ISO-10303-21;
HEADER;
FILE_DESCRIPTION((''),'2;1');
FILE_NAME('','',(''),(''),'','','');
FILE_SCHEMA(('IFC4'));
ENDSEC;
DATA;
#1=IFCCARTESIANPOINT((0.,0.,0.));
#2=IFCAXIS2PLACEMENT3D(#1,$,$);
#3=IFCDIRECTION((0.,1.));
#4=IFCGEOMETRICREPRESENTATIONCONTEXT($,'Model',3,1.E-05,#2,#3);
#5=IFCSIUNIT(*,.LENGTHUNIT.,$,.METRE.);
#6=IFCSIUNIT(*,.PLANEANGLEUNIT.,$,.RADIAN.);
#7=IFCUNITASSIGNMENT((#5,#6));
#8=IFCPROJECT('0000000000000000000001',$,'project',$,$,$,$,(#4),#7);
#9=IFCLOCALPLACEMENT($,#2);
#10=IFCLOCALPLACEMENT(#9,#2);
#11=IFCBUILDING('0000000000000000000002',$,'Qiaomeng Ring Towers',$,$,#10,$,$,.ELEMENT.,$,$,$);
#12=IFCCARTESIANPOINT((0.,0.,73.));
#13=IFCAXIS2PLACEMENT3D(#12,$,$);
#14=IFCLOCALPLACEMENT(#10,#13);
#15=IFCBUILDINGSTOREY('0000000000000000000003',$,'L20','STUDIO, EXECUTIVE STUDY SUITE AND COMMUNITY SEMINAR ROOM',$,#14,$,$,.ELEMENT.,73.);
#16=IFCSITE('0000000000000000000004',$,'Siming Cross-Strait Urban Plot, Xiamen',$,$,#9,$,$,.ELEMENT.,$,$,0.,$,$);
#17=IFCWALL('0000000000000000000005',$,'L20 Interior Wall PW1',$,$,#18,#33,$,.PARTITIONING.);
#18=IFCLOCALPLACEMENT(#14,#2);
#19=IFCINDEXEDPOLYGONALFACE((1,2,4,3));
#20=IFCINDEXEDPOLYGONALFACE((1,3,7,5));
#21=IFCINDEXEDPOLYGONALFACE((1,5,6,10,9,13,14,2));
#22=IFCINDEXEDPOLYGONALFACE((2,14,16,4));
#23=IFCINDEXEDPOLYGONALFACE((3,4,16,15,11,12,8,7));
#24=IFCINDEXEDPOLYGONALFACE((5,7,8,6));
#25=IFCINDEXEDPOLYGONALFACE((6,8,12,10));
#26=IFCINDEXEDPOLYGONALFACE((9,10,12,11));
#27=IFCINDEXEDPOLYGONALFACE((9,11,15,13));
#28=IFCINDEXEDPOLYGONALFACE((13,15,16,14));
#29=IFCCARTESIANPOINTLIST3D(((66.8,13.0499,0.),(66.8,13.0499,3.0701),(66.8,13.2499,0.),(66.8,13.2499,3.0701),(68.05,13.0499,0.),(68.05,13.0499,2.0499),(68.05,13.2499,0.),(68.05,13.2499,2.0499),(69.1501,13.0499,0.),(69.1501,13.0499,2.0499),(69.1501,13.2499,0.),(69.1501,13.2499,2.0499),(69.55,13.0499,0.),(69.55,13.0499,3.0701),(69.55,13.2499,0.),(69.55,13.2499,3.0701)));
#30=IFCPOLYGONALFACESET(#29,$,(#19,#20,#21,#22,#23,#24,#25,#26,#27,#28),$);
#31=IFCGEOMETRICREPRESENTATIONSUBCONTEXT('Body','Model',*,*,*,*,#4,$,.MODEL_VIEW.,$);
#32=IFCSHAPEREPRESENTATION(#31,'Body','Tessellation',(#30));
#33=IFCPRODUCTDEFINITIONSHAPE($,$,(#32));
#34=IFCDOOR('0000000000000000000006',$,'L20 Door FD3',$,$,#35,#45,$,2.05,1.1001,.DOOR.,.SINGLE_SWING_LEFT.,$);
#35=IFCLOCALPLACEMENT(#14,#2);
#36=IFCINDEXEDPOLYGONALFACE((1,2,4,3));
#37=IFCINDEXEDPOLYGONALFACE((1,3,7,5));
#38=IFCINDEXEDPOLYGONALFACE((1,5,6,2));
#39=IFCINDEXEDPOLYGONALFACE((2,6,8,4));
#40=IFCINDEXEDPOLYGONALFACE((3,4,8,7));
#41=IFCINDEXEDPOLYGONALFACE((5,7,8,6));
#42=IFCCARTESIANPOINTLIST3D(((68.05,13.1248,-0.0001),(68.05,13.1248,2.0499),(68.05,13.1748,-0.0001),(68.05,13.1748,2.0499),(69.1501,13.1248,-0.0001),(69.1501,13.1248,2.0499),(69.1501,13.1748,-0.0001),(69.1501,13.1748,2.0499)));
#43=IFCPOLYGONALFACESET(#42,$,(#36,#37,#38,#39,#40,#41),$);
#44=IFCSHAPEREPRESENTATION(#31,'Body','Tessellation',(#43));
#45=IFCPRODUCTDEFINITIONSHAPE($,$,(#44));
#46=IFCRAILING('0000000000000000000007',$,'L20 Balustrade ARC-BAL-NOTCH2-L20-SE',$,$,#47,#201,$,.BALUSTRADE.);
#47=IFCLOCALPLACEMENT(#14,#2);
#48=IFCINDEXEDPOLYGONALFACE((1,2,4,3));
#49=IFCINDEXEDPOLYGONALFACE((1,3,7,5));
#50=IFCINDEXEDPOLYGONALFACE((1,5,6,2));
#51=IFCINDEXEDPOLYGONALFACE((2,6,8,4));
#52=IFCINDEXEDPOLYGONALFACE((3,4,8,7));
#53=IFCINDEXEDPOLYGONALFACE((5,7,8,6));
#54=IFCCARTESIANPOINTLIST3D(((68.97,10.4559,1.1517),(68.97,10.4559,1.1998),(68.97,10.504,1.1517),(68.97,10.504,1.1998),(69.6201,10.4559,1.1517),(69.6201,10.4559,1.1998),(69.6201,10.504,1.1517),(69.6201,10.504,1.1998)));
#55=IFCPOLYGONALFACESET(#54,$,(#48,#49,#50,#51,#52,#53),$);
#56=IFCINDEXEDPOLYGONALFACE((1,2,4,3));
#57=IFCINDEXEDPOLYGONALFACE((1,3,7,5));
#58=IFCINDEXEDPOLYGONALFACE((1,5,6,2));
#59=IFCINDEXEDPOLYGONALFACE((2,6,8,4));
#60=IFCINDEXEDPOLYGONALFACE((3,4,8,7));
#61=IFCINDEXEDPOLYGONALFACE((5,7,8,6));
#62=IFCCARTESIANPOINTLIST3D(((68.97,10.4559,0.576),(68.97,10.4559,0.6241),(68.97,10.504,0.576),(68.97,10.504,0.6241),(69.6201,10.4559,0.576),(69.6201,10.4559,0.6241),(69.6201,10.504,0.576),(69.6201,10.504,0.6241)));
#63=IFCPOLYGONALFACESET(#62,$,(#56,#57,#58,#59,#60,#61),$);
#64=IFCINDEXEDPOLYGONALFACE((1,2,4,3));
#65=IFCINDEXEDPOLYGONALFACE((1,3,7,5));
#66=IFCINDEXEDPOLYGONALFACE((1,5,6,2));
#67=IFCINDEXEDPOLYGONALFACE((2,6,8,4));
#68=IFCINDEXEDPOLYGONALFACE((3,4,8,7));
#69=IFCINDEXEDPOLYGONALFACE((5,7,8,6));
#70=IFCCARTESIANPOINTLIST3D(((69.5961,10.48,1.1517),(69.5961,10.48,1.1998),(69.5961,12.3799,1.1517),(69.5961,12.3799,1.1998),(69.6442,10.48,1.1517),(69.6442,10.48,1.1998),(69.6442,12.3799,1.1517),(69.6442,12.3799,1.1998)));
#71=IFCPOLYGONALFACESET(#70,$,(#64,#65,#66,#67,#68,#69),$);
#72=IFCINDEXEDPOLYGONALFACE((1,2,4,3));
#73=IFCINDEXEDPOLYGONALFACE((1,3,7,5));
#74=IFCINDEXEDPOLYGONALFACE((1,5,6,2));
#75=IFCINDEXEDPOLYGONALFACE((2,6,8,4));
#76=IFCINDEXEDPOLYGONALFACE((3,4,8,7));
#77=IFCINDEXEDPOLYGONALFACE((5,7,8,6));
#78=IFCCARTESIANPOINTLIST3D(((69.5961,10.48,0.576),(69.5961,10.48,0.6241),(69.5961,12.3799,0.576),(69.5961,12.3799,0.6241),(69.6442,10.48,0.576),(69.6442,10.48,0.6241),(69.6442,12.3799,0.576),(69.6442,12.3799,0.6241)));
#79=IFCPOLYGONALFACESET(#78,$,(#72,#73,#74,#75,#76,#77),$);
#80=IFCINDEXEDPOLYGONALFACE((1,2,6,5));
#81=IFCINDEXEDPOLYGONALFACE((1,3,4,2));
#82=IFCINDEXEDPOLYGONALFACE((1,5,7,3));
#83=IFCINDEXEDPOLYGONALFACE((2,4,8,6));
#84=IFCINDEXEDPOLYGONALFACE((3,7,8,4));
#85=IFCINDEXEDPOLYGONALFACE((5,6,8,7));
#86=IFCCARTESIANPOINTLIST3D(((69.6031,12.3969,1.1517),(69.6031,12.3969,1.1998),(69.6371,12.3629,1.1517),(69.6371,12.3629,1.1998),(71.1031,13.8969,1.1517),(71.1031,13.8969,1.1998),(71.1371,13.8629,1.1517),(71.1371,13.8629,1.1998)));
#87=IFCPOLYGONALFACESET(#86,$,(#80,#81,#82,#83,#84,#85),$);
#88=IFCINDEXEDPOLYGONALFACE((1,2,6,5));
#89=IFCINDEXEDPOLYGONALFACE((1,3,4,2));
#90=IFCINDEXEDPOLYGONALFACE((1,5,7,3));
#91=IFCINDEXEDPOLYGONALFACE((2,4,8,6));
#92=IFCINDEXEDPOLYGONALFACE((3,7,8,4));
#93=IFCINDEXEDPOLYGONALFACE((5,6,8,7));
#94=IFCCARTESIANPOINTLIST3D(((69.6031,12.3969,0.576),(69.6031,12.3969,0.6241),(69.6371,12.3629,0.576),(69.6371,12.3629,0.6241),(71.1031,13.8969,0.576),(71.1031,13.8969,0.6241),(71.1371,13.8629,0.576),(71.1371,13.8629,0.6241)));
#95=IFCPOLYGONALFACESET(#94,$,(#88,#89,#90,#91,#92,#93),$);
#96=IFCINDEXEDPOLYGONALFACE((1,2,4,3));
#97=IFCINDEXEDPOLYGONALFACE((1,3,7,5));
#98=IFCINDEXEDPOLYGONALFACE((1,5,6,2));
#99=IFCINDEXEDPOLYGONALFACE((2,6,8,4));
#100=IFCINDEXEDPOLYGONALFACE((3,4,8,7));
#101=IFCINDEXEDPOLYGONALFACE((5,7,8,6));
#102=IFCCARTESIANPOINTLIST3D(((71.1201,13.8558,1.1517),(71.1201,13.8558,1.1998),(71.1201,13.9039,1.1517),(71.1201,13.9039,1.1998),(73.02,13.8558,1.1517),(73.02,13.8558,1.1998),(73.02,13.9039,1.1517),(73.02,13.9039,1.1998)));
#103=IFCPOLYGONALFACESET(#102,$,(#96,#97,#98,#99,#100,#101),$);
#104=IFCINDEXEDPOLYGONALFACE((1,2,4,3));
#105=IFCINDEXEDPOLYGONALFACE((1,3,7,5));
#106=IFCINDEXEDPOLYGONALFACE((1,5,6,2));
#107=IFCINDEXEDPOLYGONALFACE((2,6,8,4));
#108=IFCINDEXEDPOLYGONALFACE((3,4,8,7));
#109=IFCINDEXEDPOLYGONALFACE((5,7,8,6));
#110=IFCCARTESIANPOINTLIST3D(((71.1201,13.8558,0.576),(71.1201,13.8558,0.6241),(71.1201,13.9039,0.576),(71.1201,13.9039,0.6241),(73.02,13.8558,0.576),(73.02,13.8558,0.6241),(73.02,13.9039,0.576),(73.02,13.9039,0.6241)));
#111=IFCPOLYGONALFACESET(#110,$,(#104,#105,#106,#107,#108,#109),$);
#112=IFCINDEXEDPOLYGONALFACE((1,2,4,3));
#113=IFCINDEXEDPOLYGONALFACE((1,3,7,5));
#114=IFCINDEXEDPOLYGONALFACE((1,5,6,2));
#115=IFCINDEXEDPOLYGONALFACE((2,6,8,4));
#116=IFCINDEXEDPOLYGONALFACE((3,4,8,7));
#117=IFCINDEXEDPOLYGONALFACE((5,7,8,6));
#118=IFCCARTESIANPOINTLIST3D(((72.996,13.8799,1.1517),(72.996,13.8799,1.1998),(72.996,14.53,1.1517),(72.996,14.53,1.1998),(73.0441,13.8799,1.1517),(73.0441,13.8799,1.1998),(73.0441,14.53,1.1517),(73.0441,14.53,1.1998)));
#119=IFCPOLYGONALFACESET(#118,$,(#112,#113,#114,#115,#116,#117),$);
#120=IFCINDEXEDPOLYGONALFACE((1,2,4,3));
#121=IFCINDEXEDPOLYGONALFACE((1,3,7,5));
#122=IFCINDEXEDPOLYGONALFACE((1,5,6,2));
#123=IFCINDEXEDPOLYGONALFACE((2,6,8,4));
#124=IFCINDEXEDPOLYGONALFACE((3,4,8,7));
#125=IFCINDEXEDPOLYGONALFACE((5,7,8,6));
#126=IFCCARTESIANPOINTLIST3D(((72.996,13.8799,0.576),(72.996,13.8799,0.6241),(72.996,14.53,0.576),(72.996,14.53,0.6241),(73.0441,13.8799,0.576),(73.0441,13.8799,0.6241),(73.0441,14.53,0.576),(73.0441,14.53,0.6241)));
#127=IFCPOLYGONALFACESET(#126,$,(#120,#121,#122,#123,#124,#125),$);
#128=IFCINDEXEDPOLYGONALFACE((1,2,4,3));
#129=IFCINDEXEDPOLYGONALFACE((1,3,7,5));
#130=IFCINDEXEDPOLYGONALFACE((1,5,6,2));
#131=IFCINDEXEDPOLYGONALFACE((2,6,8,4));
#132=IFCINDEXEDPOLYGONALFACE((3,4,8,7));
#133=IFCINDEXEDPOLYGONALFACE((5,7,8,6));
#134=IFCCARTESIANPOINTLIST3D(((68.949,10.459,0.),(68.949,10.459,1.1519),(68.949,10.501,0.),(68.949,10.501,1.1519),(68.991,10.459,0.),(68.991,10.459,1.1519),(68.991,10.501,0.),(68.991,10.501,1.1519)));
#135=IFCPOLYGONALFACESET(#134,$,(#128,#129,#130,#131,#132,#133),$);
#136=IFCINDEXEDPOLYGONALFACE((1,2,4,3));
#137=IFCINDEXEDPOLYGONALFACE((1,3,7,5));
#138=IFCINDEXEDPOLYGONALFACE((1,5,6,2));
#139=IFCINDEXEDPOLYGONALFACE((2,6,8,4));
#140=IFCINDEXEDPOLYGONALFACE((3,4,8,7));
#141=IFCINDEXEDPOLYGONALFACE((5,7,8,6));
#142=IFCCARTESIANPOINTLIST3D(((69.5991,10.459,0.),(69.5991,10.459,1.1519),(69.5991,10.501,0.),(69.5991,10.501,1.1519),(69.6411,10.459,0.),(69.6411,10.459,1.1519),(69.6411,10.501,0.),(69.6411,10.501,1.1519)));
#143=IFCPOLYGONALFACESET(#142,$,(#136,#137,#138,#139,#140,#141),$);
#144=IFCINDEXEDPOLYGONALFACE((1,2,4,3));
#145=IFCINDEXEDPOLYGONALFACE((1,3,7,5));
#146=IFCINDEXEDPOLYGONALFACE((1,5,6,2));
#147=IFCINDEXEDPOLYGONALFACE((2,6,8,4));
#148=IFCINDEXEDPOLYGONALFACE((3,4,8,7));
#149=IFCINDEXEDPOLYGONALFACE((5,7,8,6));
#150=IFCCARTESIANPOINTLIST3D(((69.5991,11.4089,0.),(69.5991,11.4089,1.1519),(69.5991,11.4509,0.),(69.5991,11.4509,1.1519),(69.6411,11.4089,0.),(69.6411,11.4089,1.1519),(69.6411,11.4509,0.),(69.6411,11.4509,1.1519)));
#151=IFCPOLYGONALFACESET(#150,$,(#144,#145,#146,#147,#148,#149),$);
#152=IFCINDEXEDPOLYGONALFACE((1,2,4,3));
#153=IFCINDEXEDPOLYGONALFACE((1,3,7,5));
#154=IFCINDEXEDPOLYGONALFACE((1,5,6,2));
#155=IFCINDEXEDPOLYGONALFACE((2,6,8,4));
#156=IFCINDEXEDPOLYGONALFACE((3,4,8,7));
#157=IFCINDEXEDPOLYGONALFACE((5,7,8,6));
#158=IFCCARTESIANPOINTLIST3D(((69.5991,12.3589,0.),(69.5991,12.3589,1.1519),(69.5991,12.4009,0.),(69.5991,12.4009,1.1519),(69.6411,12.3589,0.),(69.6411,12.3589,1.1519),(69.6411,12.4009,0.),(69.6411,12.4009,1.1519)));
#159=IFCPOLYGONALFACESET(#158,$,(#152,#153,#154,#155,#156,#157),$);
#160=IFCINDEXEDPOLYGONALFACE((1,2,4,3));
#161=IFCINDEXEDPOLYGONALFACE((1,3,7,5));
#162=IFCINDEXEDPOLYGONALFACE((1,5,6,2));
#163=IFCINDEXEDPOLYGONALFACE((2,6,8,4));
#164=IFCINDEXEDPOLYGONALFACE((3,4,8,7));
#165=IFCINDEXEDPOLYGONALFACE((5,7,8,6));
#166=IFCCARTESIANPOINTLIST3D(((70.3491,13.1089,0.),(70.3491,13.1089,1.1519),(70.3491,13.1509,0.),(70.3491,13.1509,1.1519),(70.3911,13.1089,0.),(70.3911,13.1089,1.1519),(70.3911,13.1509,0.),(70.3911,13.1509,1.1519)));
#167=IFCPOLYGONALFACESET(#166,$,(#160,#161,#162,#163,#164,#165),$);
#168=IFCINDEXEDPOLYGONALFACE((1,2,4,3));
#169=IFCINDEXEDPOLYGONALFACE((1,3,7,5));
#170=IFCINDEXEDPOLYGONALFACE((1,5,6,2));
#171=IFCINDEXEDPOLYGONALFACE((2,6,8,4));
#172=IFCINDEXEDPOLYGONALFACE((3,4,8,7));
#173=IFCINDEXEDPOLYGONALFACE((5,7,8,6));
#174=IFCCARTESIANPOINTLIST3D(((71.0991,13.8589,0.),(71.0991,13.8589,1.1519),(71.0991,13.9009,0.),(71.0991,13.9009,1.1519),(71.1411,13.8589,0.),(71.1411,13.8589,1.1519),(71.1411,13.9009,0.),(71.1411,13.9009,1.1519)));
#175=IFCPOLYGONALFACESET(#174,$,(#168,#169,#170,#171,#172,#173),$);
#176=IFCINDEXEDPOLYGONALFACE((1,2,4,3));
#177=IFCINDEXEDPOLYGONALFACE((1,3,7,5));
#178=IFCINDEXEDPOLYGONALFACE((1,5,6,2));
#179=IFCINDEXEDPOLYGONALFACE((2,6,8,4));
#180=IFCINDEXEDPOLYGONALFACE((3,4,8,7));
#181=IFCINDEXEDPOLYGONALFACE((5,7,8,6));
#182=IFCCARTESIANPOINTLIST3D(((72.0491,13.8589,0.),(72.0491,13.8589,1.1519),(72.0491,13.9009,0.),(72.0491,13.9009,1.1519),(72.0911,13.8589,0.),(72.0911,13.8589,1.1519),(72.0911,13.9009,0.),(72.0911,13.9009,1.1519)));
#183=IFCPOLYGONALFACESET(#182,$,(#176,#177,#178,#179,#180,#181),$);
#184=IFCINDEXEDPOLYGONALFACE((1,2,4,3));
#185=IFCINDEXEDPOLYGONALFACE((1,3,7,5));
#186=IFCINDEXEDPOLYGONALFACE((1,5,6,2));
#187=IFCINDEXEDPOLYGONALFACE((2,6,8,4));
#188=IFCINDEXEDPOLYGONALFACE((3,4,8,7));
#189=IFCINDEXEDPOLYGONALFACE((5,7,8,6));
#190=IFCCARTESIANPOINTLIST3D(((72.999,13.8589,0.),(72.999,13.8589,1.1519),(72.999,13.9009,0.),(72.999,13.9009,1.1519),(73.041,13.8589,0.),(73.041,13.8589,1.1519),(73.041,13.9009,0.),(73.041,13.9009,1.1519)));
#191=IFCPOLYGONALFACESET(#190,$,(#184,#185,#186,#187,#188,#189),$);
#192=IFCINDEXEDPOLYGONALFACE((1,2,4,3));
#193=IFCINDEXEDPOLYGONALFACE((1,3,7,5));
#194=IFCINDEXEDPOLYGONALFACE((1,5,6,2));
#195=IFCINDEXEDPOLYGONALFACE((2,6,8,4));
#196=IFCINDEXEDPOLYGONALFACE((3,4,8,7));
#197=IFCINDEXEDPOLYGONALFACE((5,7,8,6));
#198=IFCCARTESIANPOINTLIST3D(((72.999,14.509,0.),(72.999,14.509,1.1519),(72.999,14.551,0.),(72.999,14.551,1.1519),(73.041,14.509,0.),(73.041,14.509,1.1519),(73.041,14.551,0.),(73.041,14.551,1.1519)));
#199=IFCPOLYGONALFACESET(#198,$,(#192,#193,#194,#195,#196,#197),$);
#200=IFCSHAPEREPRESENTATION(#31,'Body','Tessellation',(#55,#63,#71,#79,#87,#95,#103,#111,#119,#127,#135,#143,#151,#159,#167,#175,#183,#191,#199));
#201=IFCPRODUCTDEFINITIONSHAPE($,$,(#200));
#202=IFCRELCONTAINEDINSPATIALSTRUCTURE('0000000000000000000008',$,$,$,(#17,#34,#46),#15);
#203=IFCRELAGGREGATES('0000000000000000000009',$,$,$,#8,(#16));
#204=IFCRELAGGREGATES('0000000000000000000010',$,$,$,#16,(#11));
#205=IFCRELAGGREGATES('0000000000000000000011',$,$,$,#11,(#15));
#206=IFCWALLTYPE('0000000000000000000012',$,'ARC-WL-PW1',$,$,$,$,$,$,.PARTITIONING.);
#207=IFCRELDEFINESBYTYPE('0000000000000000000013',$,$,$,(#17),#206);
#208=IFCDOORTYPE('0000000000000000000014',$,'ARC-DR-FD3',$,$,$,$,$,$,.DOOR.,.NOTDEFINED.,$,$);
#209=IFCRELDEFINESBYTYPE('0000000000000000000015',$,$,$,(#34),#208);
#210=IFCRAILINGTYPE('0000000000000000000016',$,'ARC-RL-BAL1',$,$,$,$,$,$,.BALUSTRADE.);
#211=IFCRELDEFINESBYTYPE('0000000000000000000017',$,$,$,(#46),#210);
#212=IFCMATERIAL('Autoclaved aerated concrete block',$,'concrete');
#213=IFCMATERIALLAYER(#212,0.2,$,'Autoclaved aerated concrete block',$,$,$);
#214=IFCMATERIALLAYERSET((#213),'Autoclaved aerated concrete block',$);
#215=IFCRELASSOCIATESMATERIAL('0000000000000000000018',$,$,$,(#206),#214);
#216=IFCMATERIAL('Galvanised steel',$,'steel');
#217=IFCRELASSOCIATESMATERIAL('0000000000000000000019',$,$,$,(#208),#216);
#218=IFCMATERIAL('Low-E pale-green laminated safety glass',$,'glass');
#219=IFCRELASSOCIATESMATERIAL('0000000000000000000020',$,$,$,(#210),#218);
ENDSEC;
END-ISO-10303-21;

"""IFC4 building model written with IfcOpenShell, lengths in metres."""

from ifc_helpers import new_model, si_unit, direction, frame, frame_2d, origin, origin_2d, place, context, subcontext, project, spatial, rectangle, extrude, source, transform, mapped, material, layer, layer_set, type_object, element, fill, save


model = new_model("IFC4")

# Units and contexts
model_context = context("Model", 3, precision=1e-05, world=origin(), true_north=direction((0.0, 1.0)))
body_context = subcontext(model_context, "Body", "Model", "MODEL_VIEW")
ifc_project = project(units=[si_unit("LENGTHUNIT", "METRE"), si_unit("PLANEANGLEUNIT", "RADIAN")], contexts=[model_context])

# Site, building, storey
site_placement = place(None, origin())
site = spatial("IfcSite", under=ifc_project, at=site_placement, Name="Siming Cross-Strait Urban Plot, Xiamen", CompositionType="ELEMENT", RefElevation=0.0)
building_placement = place(site_placement, origin())
building = spatial("IfcBuilding", under=site, at=building_placement, Name="Qiaomeng Ring Towers", CompositionType="ELEMENT")
storey_placement = place(building_placement, frame((0.0, 0.0, 73.0)))
storey = spatial("IfcBuildingStorey", under=building, at=storey_placement, Name="L20", Description="STUDIO, EXECUTIVE STUDY SUITE AND COMMUNITY SEMINAR ROOM", CompositionType="ELEMENT", Elevation=73.0)

# Shared definitions
ifc_material_1 = material(Name="Autoclaved aerated concrete block", Category="concrete")
ifc_layer_1 = layer(ifc_material_1, 0.2, Name="Autoclaved aerated concrete block")
ifc_layer_set_1 = layer_set([ifc_layer_1], Name="Autoclaved aerated concrete block")
wall_type_1 = type_object("IfcWallType", Name="ARC-WL-PW1", PredefinedType="PARTITIONING", material=ifc_layer_set_1)

# Wall, opening, door
wall_1_placement = place(storey_placement, frame((66.8, 13.1499, 0.0), z_axis=(0.0, 0.0, 1.0), x_axis=(1.0, 0.0, 0.0)))
wall_1 = element("IfcWall", 1, at=wall_1_placement, inside=storey, type_object=wall_type_1, Name="L20 Interior Wall PW1", PredefinedType="PARTITIONING", context=body_context, shape_type="SweptSolid", body=[
    extrude(rectangle(XDim=2.75, YDim=0.2, at=frame_2d((1.375, 0.0))), origin(), (0.0, 0.0, 1.0), 3.0701),
])
opening_1_placement = place(wall_1_placement, frame((1.25, 0.0, 0.0)))
opening_1 = element("IfcOpeningElement", 2, at=opening_1_placement, cuts=wall_1, PredefinedType="OPENING", context=body_context, shape_type="SweptSolid", body=[
    extrude(rectangle(XDim=1.1001, YDim=2.05, at=frame_2d((0.55, 1.0249))), frame((0.0, 0.1099, 0.0), z_axis=(0.0, -1.0, 0.0), x_axis=(1.0, 0.0, 0.0)), (0.0, 0.0, 1.0), 0.22),
])
ifc_material_2 = material(Name="Galvanised steel", Category="steel")
door_type_1 = type_object("IfcDoorType", Name="ARC-DR-FD3", OperationType="NOTDEFINED", PredefinedType="DOOR", material=ifc_material_2)
shared_shape_1 = source(origin(), body_context, "Body", "SweptSolid", [
    extrude(rectangle(XDim=1.1001, YDim=2.05, at=frame_2d((0.55, 1.0249))), frame((0.0, 0.0249, 0.0), z_axis=(0.0, -1.0, 0.0), x_axis=(1.0, 0.0, 0.0)), (0.0, 0.0, 1.0), 0.05),
])
door_1_placement = place(opening_1_placement, origin())
door_1 = element("IfcDoor", 3, at=door_1_placement, inside=storey, type_object=door_type_1, Name="L20 Door FD3", OperationType="SINGLE_SWING_LEFT", OverallHeight=2.05, OverallWidth=1.1001, PredefinedType="DOOR", context=body_context, shape_type="MappedRepresentation", body=[
    mapped(shared_shape_1, transform((0.0, 0.0, 0.0), x_axis=(1.0, 0.0, 0.0), y_axis=(0.0, 1.0, 0.0), z_axis=(0.0, 0.0, 1.0), scale=1.0)),
])
fill(opening_1, door_1)

# Railing
ifc_material_3 = material(Name="Low-E pale-green laminated safety glass", Category="glass")
railing_type = type_object("IfcRailingType", Name="ARC-RL-BAL1", PredefinedType="BALUSTRADE", material=ifc_material_3)
railing_placement = place(storey_placement, frame((68.97, 10.48, 0.0)))
element("IfcRailing", 4, at=railing_placement, inside=storey, type_object=railing_type, Name="L20 Balustrade ARC-BAL-NOTCH2-L20-SE", PredefinedType="BALUSTRADE", context=body_context, shape_type="SweptSolid", body=[
    extrude(rectangle(XDim=0.0481, YDim=0.0481, at=origin_2d()), frame((0.0, 0.0, 1.1758), z_axis=(1.0, 0.0, 0.0), x_axis=(0.0, 1.0, 0.0)), (0.0, 0.0, 1.0), 0.6501),
    extrude(rectangle(XDim=0.0481, YDim=0.0481, at=origin_2d()), frame((0.0, 0.0, 0.6001), z_axis=(1.0, 0.0, 0.0), x_axis=(0.0, 1.0, 0.0)), (0.0, 0.0, 1.0), 0.6501),
    extrude(rectangle(XDim=0.0481, YDim=0.0481, at=origin_2d()), frame((0.6501, 0.0, 1.1758), z_axis=(0.0, 1.0, 0.0), x_axis=(-1.0, 0.0, 0.0)), (0.0, 0.0, 1.0), 1.8999),
    extrude(rectangle(XDim=0.0481, YDim=0.0481, at=origin_2d()), frame((0.6501, 0.0, 0.6001), z_axis=(0.0, 1.0, 0.0), x_axis=(-1.0, 0.0, 0.0)), (0.0, 0.0, 1.0), 1.8999),
    extrude(rectangle(XDim=0.0481, YDim=0.0481, at=origin_2d()), frame((0.6501, 1.8999, 1.1758), z_axis=(0.707107, 0.707107, 0.0), x_axis=(-0.707107, 0.707107, 0.0)), (0.0, 0.0, 1.0), 2.1213),
    extrude(rectangle(XDim=0.0481, YDim=0.0481, at=origin_2d()), frame((0.6501, 1.8999, 0.6001), z_axis=(0.707107, 0.707107, 0.0), x_axis=(-0.707107, 0.707107, 0.0)), (0.0, 0.0, 1.0), 2.1213),
    extrude(rectangle(XDim=0.0481, YDim=0.0481, at=origin_2d()), frame((2.1501, 3.3999, 1.1758), z_axis=(1.0, 0.0, 0.0), x_axis=(0.0, 1.0, 0.0)), (0.0, 0.0, 1.0), 1.8999),
    extrude(rectangle(XDim=0.0481, YDim=0.0481, at=origin_2d()), frame((2.1501, 3.3999, 0.6001), z_axis=(1.0, 0.0, 0.0), x_axis=(0.0, 1.0, 0.0)), (0.0, 0.0, 1.0), 1.8999),
    extrude(rectangle(XDim=0.0481, YDim=0.0481, at=origin_2d()), frame((4.05, 3.3999, 1.1758), z_axis=(0.0, 1.0, 0.0), x_axis=(-1.0, 0.0, 0.0)), (0.0, 0.0, 1.0), 0.6501),
    extrude(rectangle(XDim=0.0481, YDim=0.0481, at=origin_2d()), frame((4.05, 3.3999, 0.6001), z_axis=(0.0, 1.0, 0.0), x_axis=(-1.0, 0.0, 0.0)), (0.0, 0.0, 1.0), 0.6501),
    extrude(rectangle(XDim=0.042, YDim=0.042, at=origin_2d()), origin(), (0.0, 0.0, 1.0), 1.1519),
    extrude(rectangle(XDim=0.042, YDim=0.042, at=origin_2d()), frame((0.6501, 0.0, 0.0)), (0.0, 0.0, 1.0), 1.1519),
    extrude(rectangle(XDim=0.042, YDim=0.042, at=origin_2d()), frame((0.6501, 0.95, 0.0)), (0.0, 0.0, 1.0), 1.1519),
    extrude(rectangle(XDim=0.042, YDim=0.042, at=origin_2d()), frame((0.6501, 1.8999, 0.0)), (0.0, 0.0, 1.0), 1.1519),
    extrude(rectangle(XDim=0.042, YDim=0.042, at=origin_2d()), frame((1.4001, 2.6499, 0.0)), (0.0, 0.0, 1.0), 1.1519),
    extrude(rectangle(XDim=0.042, YDim=0.042, at=origin_2d()), frame((2.1501, 3.3999, 0.0)), (0.0, 0.0, 1.0), 1.1519),
    extrude(rectangle(XDim=0.042, YDim=0.042, at=origin_2d()), frame((3.1001, 3.3999, 0.0)), (0.0, 0.0, 1.0), 1.1519),
    extrude(rectangle(XDim=0.042, YDim=0.042, at=origin_2d()), frame((4.05, 3.3999, 0.0)), (0.0, 0.0, 1.0), 1.1519),
    extrude(rectangle(XDim=0.042, YDim=0.042, at=origin_2d()), frame((4.05, 4.05, 0.0)), (0.0, 0.0, 1.0), 1.1519),
])

save(model, "model.ifc")
